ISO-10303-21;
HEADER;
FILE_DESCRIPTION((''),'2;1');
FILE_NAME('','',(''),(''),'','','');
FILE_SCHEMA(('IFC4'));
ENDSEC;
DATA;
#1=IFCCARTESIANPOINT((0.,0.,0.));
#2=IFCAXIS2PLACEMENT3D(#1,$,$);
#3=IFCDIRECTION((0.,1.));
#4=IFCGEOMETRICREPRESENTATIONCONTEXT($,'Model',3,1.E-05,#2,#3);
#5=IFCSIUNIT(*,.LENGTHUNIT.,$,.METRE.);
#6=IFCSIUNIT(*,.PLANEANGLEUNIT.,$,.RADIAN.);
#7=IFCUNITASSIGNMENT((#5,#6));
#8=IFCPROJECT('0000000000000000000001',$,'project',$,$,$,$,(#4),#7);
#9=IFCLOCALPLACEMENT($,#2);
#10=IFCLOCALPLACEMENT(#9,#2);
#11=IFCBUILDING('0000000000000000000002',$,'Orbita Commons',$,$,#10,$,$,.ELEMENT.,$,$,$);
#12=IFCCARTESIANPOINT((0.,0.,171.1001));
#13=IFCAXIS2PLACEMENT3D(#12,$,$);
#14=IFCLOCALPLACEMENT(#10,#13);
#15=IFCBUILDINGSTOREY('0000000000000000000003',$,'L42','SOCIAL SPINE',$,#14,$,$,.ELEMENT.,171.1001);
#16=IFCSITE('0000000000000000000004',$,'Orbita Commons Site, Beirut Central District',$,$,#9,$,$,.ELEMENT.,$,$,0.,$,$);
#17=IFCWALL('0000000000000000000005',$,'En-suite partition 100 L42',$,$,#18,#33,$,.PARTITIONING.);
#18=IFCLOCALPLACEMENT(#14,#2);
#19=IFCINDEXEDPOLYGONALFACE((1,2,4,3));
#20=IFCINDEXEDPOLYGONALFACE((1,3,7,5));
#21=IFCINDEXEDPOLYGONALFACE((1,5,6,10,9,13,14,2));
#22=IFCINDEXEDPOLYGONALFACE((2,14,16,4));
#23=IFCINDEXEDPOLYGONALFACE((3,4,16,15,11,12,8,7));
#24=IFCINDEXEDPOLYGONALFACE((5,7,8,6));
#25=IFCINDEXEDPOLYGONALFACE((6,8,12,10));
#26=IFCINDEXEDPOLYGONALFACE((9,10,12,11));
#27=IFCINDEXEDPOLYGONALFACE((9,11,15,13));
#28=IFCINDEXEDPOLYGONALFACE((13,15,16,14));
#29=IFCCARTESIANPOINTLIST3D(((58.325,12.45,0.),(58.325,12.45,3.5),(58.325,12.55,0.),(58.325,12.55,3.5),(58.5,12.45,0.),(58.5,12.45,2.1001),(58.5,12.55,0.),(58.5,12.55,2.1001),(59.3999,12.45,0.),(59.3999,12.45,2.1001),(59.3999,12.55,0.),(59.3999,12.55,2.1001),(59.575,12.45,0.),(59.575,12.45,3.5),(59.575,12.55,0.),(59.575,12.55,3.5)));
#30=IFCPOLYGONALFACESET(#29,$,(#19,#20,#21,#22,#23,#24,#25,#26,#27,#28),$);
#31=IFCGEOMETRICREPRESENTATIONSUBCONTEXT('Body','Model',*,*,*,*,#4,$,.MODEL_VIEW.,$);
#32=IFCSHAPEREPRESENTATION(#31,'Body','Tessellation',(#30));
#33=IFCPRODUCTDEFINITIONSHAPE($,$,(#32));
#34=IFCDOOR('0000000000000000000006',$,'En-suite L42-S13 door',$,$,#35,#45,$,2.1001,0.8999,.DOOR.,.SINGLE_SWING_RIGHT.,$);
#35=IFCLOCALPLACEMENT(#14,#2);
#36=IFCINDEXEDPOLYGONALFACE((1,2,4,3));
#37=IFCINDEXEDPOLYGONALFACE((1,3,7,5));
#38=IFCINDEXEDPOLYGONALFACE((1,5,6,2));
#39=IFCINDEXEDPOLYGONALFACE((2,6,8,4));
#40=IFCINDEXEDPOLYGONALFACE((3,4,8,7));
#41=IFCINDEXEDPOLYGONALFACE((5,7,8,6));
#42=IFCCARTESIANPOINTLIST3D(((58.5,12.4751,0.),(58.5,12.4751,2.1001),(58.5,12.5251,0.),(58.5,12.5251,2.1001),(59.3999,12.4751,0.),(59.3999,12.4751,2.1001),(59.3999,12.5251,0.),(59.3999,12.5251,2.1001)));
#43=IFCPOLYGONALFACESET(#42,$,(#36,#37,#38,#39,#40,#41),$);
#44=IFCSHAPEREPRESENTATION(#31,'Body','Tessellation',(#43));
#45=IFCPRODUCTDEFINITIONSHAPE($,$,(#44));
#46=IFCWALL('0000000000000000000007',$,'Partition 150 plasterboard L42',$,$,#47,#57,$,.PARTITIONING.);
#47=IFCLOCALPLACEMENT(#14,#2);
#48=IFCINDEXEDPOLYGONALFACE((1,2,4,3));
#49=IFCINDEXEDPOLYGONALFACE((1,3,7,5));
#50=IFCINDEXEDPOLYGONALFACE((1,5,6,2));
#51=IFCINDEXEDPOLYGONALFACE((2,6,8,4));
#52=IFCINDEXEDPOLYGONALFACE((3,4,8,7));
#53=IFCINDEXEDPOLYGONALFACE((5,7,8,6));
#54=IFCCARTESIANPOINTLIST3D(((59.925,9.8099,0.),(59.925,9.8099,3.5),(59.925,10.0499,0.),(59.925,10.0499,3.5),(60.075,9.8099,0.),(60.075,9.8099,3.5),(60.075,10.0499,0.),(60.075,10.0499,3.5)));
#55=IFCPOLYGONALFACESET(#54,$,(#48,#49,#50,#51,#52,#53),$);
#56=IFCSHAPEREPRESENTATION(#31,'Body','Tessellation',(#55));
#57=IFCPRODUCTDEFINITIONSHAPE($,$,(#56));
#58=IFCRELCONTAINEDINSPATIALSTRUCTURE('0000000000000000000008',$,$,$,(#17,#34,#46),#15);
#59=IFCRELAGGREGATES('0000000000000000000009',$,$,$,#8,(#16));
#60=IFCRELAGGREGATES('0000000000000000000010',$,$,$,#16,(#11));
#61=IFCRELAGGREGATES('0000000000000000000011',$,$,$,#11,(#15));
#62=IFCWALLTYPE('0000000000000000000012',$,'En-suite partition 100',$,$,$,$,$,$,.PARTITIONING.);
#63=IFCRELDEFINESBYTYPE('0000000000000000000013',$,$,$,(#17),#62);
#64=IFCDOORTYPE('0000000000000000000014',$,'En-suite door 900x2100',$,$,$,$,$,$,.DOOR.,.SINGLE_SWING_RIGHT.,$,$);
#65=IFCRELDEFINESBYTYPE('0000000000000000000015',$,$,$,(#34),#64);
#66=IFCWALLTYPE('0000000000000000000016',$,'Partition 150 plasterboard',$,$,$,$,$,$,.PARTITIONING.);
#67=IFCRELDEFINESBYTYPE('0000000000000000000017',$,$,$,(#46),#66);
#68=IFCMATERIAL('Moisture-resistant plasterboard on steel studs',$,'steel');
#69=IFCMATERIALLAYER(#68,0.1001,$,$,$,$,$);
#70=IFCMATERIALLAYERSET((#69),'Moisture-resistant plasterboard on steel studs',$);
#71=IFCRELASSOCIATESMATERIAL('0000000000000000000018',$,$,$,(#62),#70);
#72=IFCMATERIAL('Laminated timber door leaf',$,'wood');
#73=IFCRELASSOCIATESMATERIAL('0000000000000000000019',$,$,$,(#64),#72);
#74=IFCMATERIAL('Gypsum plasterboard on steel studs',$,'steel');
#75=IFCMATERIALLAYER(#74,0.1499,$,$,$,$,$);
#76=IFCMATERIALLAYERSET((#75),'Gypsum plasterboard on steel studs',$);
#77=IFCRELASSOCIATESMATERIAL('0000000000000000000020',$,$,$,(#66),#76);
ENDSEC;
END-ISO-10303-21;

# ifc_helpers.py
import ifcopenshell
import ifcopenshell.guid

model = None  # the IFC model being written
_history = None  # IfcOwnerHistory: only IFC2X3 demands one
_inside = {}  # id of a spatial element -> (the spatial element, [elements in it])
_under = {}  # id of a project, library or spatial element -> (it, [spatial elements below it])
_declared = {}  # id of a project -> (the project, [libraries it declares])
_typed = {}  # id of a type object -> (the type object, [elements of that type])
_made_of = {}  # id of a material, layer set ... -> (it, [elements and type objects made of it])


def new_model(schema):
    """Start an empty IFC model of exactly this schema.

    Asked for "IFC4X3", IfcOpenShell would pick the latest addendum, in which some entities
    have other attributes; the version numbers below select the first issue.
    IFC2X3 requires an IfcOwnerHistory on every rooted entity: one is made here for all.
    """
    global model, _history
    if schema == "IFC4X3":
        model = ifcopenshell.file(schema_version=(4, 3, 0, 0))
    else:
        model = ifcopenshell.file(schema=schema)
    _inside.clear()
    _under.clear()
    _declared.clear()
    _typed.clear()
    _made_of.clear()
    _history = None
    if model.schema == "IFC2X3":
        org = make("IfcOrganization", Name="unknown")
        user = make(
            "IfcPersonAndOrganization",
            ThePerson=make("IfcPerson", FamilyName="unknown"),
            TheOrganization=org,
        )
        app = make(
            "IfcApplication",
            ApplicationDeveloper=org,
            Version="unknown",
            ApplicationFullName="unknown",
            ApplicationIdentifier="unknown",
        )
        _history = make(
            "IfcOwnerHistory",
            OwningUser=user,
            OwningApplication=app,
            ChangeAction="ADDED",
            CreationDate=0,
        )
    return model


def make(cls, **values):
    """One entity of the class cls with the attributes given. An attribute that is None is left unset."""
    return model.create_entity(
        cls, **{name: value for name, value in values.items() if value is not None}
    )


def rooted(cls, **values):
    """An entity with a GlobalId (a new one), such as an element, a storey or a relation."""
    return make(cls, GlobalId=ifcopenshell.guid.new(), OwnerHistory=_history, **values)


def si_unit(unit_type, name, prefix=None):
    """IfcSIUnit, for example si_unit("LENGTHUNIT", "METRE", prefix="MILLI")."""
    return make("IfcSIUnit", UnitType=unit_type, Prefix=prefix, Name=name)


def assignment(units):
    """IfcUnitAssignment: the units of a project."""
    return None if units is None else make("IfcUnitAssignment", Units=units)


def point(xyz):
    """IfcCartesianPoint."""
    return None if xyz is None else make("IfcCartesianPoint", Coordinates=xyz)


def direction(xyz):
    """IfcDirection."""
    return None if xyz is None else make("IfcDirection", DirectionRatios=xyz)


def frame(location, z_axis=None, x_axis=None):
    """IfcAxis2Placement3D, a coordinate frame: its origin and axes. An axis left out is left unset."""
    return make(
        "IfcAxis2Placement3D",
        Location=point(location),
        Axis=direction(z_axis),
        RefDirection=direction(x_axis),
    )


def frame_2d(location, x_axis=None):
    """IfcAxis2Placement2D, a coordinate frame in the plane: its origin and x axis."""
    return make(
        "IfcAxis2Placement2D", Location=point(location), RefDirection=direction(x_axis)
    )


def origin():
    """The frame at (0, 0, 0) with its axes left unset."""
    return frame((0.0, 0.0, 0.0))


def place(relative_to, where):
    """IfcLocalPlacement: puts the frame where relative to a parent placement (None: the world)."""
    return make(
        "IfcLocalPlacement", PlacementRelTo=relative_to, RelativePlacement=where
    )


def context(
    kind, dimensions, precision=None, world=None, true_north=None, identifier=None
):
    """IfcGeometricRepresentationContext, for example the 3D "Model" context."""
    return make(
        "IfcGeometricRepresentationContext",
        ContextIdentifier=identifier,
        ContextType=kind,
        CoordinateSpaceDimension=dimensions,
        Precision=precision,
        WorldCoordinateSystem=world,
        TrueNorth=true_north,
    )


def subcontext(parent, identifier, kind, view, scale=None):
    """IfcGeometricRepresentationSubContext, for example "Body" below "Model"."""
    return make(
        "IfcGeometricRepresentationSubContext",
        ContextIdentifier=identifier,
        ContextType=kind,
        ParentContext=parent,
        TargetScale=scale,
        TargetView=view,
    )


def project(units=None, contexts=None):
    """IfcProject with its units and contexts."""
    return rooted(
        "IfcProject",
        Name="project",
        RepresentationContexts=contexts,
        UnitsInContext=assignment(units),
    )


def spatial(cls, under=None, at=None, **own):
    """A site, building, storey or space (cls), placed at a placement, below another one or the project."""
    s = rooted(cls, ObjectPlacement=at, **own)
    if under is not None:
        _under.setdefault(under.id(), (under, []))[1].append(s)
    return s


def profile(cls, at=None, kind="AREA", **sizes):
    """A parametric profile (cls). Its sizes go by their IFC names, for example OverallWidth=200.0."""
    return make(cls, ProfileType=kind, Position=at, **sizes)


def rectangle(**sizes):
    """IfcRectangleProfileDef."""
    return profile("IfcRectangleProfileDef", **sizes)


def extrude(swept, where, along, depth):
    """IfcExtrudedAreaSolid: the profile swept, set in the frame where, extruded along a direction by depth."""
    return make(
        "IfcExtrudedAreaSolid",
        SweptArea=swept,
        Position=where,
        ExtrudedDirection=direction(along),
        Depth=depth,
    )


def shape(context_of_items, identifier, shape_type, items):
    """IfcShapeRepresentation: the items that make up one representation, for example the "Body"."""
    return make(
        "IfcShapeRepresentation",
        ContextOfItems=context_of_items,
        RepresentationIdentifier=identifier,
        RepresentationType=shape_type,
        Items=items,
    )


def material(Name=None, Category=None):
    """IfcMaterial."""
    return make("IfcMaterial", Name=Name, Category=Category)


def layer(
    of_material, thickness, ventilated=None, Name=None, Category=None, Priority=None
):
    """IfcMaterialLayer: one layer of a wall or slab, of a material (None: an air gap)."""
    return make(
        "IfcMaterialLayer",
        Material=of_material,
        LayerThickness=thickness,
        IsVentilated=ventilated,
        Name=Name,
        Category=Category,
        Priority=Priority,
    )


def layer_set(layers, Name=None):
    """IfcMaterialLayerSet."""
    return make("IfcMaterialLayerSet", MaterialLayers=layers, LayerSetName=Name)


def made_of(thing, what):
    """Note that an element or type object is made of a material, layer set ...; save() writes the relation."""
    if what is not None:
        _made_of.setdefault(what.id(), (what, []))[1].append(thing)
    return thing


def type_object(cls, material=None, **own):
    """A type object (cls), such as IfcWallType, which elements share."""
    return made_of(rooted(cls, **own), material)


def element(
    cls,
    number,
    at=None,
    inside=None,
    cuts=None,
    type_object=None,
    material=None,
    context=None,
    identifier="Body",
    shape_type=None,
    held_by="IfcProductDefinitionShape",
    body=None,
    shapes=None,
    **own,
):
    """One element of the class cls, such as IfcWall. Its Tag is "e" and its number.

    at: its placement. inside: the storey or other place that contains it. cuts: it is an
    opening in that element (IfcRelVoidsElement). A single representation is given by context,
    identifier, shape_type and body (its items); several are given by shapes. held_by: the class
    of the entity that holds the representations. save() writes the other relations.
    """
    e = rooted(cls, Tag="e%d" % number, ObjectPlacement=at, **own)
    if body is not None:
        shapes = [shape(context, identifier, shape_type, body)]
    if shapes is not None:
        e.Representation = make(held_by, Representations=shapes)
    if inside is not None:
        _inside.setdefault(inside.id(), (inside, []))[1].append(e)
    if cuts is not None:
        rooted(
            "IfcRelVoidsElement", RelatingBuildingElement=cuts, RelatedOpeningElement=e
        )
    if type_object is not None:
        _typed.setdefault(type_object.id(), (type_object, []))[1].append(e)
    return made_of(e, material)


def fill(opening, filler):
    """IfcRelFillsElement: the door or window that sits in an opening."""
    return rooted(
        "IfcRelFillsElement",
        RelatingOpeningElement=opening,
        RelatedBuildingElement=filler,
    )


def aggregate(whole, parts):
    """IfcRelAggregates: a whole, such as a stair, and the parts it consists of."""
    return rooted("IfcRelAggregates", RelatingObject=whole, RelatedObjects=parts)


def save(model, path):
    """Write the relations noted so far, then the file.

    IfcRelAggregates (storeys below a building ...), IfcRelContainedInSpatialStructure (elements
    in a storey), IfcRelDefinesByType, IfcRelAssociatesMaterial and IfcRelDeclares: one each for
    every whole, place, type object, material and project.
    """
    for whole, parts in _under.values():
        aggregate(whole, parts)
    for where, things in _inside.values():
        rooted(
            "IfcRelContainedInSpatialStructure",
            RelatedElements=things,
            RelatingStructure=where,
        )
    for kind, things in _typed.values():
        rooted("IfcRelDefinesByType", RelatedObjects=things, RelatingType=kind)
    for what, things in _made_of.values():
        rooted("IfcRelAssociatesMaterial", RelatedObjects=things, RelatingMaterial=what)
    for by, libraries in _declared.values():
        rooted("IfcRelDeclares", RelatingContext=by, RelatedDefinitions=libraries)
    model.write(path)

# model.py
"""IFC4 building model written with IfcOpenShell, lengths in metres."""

from ifc_helpers import new_model, si_unit, direction, frame, frame_2d, origin, place, context, subcontext, project, spatial, rectangle, extrude, material, layer, layer_set, type_object, element, fill, save


model = new_model("IFC4")

# Units and contexts
model_context = context("Model", 3, precision=1e-05, world=origin(), true_north=direction((0.0, 1.0)))
body_context = subcontext(model_context, "Body", "Model", "MODEL_VIEW")
ifc_project = project(units=[si_unit("LENGTHUNIT", "METRE"), si_unit("PLANEANGLEUNIT", "RADIAN")], contexts=[model_context])

# Site, building, storey
site_placement = place(None, origin())
site = spatial("IfcSite", under=ifc_project, at=site_placement, Name="Orbita Commons Site, Beirut Central District", CompositionType="ELEMENT", RefElevation=0.0)
building_placement = place(site_placement, origin())
building = spatial("IfcBuilding", under=site, at=building_placement, Name="Orbita Commons", CompositionType="ELEMENT")
storey_placement = place(building_placement, frame((0.0, 0.0, 171.1001)))
storey = spatial("IfcBuildingStorey", under=building, at=storey_placement, Name="L42", Description="SOCIAL SPINE", CompositionType="ELEMENT", Elevation=171.1001)

# Wall, opening, door
ifc_material_1 = material(Name="Moisture-resistant plasterboard on steel studs", Category="steel")
ifc_layer_1 = layer(ifc_material_1, 0.1001)
ifc_layer_set_1 = layer_set([ifc_layer_1], Name="Moisture-resistant plasterboard on steel studs")
wall_type_1 = type_object("IfcWallType", Name="En-suite partition 100", PredefinedType="PARTITIONING", material=ifc_layer_set_1)
wall_1_placement = place(storey_placement, frame((59.575, 12.5, 0.0), z_axis=(0.0, 0.0, 1.0), x_axis=(-1.0, 0.0, 0.0)))
wall_1 = element("IfcWall", 1, at=wall_1_placement, inside=storey, type_object=wall_type_1, Name="En-suite partition 100 L42", PredefinedType="PARTITIONING", context=body_context, shape_type="SweptSolid", body=[
    extrude(rectangle(XDim=1.25, YDim=0.1001, at=frame_2d((0.625, 0.0))), origin(), (0.0, 0.0, 1.0), 3.5),
])
opening_placement = place(wall_1_placement, frame((0.175, 0.0, 0.0)))
opening = element("IfcOpeningElement", 2, at=opening_placement, cuts=wall_1, PredefinedType="OPENING", context=body_context, shape_type="SweptSolid", body=[
    extrude(rectangle(XDim=0.8999, YDim=2.1001, at=frame_2d((0.45, 1.05))), frame((0.0, 0.0601, 0.0), z_axis=(0.0, -1.0, 0.0), x_axis=(1.0, 0.0, 0.0)), (0.0, 0.0, 1.0), 0.1201),
])
ifc_material_2 = material(Name="Laminated timber door leaf", Category="wood")
door_type = type_object("IfcDoorType", Name="En-suite door 900x2100", OperationType="SINGLE_SWING_RIGHT", PredefinedType="DOOR", material=ifc_material_2)
door_placement = place(opening_placement, origin())
door = element("IfcDoor", 3, at=door_placement, inside=storey, type_object=door_type, Name="En-suite L42-S13 door", OperationType="SINGLE_SWING_RIGHT", OverallHeight=2.1001, OverallWidth=0.8999, PredefinedType="DOOR", context=body_context, shape_type="SweptSolid", body=[
    extrude(rectangle(XDim=0.8999, YDim=2.1001, at=frame_2d((0.45, 1.05))), frame((0.0, 0.0249, 0.0), z_axis=(0.0, -1.0, 0.0), x_axis=(1.0, 0.0, 0.0)), (0.0, 0.0, 1.0), 0.05),
])
fill(opening, door)

# Wall
ifc_material_3 = material(Name="Gypsum plasterboard on steel studs", Category="steel")
ifc_layer_2 = layer(ifc_material_3, 0.1499)
ifc_layer_set_2 = layer_set([ifc_layer_2], Name="Gypsum plasterboard on steel studs")
wall_type_2 = type_object("IfcWallType", Name="Partition 150 plasterboard", PredefinedType="PARTITIONING", material=ifc_layer_set_2)
wall_2_placement = place(storey_placement, frame((60.0, 10.05, 0.0), z_axis=(0.0, 0.0, 1.0), x_axis=(0.0, -1.0, 0.0)))
element("IfcWall", 4, at=wall_2_placement, inside=storey, type_object=wall_type_2, Name="Partition 150 plasterboard L42", PredefinedType="PARTITIONING", context=body_context, shape_type="SweptSolid", body=[
    extrude(rectangle(XDim=0.24, YDim=0.1499, at=frame_2d((0.1201, 0.0))), origin(), (0.0, 0.0, 1.0), 3.5),
])

save(model, "model.ifc")
